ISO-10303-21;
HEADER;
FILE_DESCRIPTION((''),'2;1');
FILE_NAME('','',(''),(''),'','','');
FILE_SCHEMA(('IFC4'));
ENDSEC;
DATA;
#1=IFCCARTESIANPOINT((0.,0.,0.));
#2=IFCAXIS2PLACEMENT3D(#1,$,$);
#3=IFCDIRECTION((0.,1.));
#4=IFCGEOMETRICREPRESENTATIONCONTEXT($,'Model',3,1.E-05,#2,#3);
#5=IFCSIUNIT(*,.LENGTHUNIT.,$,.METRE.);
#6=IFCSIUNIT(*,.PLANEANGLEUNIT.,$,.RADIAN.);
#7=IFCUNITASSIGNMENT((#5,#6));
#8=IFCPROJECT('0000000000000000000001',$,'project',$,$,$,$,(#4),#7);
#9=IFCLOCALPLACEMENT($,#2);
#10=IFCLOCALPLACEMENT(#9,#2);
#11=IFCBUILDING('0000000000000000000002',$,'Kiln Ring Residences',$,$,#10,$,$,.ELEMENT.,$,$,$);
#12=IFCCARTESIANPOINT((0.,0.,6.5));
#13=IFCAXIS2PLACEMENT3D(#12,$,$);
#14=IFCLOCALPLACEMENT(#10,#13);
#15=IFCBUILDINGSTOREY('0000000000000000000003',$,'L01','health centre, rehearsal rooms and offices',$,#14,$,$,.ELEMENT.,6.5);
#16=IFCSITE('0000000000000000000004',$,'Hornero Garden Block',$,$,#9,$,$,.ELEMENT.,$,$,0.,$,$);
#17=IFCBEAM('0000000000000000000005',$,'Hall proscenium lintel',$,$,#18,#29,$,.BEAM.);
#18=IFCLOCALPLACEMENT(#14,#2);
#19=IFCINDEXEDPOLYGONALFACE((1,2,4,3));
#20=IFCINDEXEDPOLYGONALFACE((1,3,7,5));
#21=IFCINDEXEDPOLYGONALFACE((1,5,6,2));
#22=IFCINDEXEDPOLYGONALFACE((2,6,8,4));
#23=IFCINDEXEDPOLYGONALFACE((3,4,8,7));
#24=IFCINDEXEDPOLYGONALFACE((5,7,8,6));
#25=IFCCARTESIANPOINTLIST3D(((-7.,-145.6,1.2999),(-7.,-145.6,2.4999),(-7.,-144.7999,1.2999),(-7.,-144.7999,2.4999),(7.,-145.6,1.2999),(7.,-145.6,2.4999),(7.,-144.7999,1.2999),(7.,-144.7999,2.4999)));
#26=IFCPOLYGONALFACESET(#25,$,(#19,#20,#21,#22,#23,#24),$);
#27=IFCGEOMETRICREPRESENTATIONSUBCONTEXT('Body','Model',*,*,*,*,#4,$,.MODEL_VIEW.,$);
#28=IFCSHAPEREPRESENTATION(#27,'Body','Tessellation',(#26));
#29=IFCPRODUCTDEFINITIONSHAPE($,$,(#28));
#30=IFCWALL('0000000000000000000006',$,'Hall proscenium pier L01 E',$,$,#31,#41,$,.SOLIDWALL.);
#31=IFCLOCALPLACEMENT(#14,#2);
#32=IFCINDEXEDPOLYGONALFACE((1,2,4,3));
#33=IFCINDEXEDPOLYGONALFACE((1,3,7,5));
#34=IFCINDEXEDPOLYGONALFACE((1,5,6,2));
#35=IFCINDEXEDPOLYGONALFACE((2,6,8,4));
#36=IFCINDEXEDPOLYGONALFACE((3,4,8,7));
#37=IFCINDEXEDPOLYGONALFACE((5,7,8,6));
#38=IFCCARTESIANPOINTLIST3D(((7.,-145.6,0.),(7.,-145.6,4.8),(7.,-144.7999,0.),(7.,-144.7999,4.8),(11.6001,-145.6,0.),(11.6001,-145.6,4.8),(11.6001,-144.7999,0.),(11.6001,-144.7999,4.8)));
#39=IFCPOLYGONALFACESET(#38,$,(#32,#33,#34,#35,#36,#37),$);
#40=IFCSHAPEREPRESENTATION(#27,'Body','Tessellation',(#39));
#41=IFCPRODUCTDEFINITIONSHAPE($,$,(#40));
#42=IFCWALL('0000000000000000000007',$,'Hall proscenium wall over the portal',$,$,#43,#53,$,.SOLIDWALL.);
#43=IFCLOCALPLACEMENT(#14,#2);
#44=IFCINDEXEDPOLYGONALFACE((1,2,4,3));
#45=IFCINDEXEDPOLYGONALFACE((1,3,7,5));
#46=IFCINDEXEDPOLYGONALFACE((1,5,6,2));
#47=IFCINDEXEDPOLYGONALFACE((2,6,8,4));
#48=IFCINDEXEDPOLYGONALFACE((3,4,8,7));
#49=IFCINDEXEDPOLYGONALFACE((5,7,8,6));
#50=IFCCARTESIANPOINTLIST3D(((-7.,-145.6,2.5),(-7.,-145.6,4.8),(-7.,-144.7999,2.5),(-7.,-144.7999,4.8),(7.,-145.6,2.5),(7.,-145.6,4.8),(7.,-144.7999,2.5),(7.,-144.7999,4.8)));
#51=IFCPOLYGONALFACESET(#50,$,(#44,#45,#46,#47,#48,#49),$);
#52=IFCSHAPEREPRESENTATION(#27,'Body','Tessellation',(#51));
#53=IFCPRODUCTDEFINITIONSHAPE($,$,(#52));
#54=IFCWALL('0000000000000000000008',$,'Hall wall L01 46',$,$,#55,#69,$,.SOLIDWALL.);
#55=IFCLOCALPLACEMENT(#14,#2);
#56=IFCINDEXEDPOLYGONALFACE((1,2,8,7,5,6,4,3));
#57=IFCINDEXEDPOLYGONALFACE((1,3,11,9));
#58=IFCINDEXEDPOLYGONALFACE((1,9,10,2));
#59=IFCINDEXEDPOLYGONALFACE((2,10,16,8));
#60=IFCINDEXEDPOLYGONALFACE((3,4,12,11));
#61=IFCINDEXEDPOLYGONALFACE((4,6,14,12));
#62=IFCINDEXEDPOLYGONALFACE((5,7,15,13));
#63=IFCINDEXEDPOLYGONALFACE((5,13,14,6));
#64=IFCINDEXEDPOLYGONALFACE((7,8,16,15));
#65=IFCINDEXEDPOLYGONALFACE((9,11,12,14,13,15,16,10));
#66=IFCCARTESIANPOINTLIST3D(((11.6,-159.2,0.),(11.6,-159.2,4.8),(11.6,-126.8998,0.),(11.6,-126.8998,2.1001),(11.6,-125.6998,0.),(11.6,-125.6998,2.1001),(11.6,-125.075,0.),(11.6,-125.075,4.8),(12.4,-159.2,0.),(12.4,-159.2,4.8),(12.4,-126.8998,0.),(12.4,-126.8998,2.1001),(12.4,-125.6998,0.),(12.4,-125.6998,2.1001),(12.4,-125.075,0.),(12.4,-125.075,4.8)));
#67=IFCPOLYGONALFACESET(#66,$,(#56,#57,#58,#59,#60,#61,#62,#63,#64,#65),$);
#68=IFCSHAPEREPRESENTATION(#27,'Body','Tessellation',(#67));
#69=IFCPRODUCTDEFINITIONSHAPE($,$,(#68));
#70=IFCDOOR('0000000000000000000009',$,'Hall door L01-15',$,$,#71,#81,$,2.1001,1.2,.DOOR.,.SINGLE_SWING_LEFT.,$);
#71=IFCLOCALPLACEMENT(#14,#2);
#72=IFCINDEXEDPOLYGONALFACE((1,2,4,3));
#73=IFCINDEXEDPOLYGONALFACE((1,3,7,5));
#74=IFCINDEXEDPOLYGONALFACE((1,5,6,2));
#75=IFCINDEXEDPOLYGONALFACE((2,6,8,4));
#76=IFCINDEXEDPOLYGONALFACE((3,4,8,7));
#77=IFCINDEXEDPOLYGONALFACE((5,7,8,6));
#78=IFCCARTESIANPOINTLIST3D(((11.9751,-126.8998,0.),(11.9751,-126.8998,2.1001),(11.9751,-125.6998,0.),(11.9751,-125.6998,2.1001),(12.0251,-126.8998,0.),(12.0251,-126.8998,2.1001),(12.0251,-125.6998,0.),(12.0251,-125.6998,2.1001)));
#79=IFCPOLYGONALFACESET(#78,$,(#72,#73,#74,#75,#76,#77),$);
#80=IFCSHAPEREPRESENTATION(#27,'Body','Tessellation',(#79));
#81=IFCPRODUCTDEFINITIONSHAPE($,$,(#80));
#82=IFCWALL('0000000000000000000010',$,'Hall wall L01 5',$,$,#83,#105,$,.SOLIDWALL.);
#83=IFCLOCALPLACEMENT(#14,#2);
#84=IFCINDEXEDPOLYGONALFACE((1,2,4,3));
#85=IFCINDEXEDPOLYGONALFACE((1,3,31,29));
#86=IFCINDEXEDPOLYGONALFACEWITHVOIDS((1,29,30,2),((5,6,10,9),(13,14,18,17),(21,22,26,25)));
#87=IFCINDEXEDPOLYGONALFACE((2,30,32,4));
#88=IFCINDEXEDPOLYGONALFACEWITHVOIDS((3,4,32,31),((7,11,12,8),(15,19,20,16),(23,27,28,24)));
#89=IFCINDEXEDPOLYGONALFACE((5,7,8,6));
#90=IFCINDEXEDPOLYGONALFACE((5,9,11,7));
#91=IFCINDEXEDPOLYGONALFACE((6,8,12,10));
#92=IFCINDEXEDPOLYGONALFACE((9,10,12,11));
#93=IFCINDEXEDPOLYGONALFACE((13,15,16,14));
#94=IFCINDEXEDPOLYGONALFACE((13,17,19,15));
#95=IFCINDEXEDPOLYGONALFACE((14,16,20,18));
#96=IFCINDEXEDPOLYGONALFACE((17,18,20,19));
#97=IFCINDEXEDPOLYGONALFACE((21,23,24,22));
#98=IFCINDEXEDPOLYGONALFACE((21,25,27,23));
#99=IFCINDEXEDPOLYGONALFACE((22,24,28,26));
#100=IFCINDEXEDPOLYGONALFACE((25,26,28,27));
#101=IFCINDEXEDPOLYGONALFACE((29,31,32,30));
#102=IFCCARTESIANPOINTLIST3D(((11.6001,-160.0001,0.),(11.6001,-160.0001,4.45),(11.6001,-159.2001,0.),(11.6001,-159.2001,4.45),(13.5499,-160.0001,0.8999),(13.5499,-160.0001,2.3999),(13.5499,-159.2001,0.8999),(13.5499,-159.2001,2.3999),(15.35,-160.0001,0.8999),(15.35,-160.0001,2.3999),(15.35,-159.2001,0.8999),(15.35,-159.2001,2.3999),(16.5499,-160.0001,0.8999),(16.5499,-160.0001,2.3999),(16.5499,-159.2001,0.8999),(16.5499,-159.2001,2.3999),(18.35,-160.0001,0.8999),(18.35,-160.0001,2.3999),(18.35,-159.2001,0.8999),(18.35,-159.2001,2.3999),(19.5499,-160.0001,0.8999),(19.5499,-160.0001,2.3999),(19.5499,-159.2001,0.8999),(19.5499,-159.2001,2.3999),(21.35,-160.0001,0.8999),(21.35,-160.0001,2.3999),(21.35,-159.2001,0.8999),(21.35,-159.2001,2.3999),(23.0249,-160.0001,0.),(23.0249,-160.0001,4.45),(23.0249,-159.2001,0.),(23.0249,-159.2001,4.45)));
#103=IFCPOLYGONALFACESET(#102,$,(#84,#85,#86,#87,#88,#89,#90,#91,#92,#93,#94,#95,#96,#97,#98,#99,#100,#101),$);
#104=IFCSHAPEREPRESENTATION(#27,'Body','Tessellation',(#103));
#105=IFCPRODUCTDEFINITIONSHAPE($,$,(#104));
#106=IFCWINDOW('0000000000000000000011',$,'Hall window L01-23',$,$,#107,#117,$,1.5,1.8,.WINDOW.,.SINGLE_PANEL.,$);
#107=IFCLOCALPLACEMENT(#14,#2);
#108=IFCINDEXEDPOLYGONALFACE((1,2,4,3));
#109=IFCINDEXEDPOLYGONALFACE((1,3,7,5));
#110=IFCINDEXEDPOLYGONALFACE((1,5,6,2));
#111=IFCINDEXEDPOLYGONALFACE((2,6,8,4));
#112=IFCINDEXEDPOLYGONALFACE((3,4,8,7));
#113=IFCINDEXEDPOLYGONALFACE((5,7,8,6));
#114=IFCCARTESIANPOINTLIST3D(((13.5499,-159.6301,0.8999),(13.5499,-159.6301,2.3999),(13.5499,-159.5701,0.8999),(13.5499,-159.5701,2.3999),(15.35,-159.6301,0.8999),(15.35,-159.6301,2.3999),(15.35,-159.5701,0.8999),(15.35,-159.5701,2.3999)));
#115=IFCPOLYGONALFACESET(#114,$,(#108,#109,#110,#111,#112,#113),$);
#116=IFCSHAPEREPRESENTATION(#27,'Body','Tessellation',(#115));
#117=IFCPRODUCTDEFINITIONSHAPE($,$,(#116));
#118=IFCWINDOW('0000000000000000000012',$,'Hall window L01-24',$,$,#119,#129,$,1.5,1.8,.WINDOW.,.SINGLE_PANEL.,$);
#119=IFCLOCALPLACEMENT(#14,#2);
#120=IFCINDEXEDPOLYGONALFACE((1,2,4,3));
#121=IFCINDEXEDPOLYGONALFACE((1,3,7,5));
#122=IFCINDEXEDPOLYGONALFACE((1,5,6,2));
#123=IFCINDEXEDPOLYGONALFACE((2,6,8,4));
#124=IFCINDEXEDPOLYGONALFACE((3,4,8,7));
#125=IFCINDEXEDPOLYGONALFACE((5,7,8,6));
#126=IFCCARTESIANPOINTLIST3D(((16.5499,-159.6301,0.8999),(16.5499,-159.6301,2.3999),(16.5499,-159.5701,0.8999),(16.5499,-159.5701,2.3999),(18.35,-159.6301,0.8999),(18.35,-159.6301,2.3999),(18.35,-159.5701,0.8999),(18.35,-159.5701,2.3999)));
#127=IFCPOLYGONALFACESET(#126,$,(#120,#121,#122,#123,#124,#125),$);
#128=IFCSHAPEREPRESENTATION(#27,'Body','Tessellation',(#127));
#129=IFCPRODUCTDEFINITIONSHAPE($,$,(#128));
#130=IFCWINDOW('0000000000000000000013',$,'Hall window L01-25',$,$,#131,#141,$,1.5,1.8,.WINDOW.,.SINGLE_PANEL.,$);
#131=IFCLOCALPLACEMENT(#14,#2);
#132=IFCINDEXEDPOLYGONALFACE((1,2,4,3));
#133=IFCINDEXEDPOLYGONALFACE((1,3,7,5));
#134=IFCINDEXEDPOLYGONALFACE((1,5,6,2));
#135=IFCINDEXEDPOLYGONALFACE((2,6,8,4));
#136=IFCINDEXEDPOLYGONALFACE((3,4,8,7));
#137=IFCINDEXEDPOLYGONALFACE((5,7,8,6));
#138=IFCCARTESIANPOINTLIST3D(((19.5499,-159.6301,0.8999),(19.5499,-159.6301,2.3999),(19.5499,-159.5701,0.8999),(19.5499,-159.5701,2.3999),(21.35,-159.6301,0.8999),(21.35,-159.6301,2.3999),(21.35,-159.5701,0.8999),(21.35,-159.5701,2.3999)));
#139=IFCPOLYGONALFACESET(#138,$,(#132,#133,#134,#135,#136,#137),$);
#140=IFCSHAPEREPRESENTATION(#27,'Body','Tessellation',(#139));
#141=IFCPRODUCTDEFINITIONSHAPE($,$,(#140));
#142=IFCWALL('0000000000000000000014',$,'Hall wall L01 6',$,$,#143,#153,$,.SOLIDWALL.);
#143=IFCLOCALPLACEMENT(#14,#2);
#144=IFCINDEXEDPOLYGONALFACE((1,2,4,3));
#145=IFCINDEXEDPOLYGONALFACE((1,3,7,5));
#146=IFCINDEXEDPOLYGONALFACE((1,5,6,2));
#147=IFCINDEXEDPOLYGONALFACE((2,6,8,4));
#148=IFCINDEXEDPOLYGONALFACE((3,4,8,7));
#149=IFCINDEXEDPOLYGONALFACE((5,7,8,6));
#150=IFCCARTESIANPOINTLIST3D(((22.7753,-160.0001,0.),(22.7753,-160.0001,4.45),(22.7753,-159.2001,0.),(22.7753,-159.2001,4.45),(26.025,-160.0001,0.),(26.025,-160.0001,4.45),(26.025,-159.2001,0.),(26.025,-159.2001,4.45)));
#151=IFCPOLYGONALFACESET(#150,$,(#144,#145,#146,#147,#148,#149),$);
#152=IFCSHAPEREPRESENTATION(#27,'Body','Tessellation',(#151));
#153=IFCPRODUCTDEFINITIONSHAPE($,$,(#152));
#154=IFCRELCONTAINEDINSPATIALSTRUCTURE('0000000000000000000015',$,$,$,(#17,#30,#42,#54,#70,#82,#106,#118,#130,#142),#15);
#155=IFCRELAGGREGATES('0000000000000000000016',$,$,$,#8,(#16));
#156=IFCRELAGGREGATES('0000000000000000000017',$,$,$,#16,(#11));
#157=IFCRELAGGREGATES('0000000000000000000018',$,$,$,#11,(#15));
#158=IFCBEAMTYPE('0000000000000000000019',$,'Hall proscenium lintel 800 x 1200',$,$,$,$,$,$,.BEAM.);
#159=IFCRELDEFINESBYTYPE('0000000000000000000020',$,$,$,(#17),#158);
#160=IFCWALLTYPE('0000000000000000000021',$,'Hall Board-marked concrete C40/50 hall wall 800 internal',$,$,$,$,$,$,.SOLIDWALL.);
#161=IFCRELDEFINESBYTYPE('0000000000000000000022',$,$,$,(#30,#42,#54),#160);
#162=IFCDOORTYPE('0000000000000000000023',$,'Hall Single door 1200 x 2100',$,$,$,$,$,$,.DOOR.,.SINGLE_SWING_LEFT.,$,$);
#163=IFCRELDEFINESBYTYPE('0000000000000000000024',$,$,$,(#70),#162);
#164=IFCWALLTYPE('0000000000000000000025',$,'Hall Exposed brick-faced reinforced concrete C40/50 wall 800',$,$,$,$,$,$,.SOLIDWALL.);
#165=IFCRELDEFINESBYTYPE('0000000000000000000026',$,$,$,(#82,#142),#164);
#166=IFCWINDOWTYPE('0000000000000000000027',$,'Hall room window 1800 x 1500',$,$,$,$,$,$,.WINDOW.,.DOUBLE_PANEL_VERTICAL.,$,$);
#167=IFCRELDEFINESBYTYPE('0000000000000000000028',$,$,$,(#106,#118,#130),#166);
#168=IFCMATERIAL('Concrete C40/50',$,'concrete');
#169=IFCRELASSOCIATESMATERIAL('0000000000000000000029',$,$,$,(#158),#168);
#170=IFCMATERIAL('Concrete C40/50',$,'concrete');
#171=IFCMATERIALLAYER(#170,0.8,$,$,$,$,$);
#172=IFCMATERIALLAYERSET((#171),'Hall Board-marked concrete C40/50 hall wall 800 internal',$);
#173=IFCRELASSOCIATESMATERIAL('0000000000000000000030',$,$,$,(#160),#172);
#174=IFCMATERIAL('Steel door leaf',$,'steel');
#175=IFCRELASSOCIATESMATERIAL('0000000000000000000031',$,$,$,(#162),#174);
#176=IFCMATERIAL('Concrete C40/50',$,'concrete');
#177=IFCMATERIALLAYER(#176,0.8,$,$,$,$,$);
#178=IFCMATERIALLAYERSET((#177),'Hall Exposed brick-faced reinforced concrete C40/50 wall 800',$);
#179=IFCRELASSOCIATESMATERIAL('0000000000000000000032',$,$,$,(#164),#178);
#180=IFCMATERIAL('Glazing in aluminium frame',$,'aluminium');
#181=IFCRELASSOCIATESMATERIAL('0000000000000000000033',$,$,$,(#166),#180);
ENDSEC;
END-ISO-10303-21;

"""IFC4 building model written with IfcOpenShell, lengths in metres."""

from ifc_helpers import new_model, si_unit, direction, frame, frame_2d, origin, origin_2d, place, context, subcontext, project, spatial, rectangle, extrude, material, layer, layer_set, material_profile, profile_set, type_object, element, fill, save


model = new_model("IFC4")

# Units and contexts
model_context = context("Model", 3, precision=1e-05, world=origin(), true_north=direction((0.0, 1.0)))
body_context = subcontext(model_context, "Body", "Model", "MODEL_VIEW")
ifc_project = project(units=[si_unit("LENGTHUNIT", "METRE"), si_unit("PLANEANGLEUNIT", "RADIAN")], contexts=[model_context])

# Site, building, storey
site_placement = place(None, origin())
site = spatial("IfcSite", under=ifc_project, at=site_placement, Name="Hornero Garden Block", CompositionType="ELEMENT", RefElevation=0.0)
building_placement = place(site_placement, origin())
building = spatial("IfcBuilding", under=site, at=building_placement, Name="Kiln Ring Residences", CompositionType="ELEMENT")
storey_placement = place(building_placement, frame((0.0, 0.0, 6.5)))
storey = spatial("IfcBuildingStorey", under=building, at=storey_placement, Name="L01", Description="health centre, rehearsal rooms and offices", CompositionType="ELEMENT", Elevation=6.5)

# Beam
ifc_material_1 = material(Name="Concrete C40/50", Category="concrete")
ifc_material_profile = material_profile(ifc_material_1, rectangle(XDim=0.8, YDim=1.2, at=origin_2d()), Name="Hall proscenium lintel 800 x 1200")
ifc_profile_set = profile_set([ifc_material_profile], Name="Concrete C40/50")
beam_type = type_object("IfcBeamType", Name="Hall proscenium lintel 800 x 1200", PredefinedType="BEAM", material=ifc_profile_set)
beam_placement = place(storey_placement, frame((-7.0, -145.2, 1.8999), z_axis=(1.0, 0.0, 0.0), x_axis=(0.0, 1.0, 0.0)))
element("IfcBeam", 1, at=beam_placement, inside=storey, type_object=beam_type, Name="Hall proscenium lintel", PredefinedType="BEAM", context=body_context, shape_type="SweptSolid", body=[
    extrude(rectangle(XDim=0.8, YDim=1.2, at=origin_2d()), origin(), (0.0, 0.0, 1.0), 14.0),
])

# Walls
ifc_material_2 = material(Name="Concrete C40/50", Category="concrete")
ifc_layer_1 = layer(ifc_material_2, 0.8)
ifc_layer_set_1 = layer_set([ifc_layer_1], Name="Hall Board-marked concrete C40/50 hall wall 800 internal")
wall_type_1 = type_object("IfcWallType", Name="Hall Board-marked concrete C40/50 hall wall 800 internal", PredefinedType="SOLIDWALL", material=ifc_layer_set_1)
wall_1_placement = place(storey_placement, frame((7.0, -145.2, 0.0), z_axis=(0.0, 0.0, 1.0), x_axis=(1.0, 0.0, 0.0)))
element("IfcWall", 2, at=wall_1_placement, inside=storey, type_object=wall_type_1, Name="Hall proscenium pier L01 E", PredefinedType="SOLIDWALL", context=body_context, shape_type="SweptSolid", body=[
    extrude(rectangle(XDim=4.6001, YDim=0.8, at=frame_2d((2.3, 0.0))), origin(), (0.0, 0.0, 1.0), 4.8),
])
wall_2_placement = place(storey_placement, frame((-7.0, -145.2, 2.5), z_axis=(0.0, 0.0, 1.0), x_axis=(1.0, 0.0, 0.0)))
element("IfcWall", 3, at=wall_2_placement, inside=storey, type_object=wall_type_1, Name="Hall proscenium wall over the portal", PredefinedType="SOLIDWALL", context=body_context, shape_type="SweptSolid", body=[
    extrude(rectangle(XDim=14.0, YDim=0.8, at=frame_2d((7.0, 0.0))), origin(), (0.0, 0.0, 1.0), 2.3),
])

# Wall, opening, door
wall_3_placement = place(storey_placement, frame((12.0, -159.2, 0.0), z_axis=(0.0, 0.0, 1.0), x_axis=(0.0, 1.0, 0.0)))
wall_3 = element("IfcWall", 4, at=wall_3_placement, inside=storey, type_object=wall_type_1, Name="Hall wall L01 46", PredefinedType="SOLIDWALL", context=body_context, shape_type="SweptSolid", body=[
    extrude(rectangle(XDim=34.125, YDim=0.8, at=frame_2d((17.0625, 0.0))), origin(), (0.0, 0.0, 1.0), 4.8),
])
opening_1_placement = place(wall_3_placement, frame((32.3, 0.0, 0.0)))
opening_1 = element("IfcOpeningElement", 5, at=opening_1_placement, cuts=wall_3, PredefinedType="OPENING", context=body_context, shape_type="SweptSolid", body=[
    extrude(rectangle(XDim=1.2, YDim=2.1001, at=frame_2d((0.6001, 1.05))), frame((0.0, 0.4099, 0.0), z_axis=(0.0, -1.0, 0.0), x_axis=(1.0, 0.0, 0.0)), (0.0, 0.0, 1.0), 0.8201),
])
ifc_material_3 = material(Name="Steel door leaf", Category="steel")
door_type_1 = type_object("IfcDoorType", Name="Hall Single door 1200 x 2100", OperationType="SINGLE_SWING_LEFT", PredefinedType="DOOR", material=ifc_material_3)
door_1_placement = place(opening_1_placement, origin())
door_1 = element("IfcDoor", 6, at=door_1_placement, inside=storey, type_object=door_type_1, Name="Hall door L01-15", OperationType="SINGLE_SWING_LEFT", OverallHeight=2.1001, OverallWidth=1.2, PredefinedType="DOOR", context=body_context, shape_type="SweptSolid", body=[
    extrude(rectangle(XDim=1.2, YDim=2.1001, at=frame_2d((0.6001, 1.05))), frame((0.0, 0.0249, 0.0), z_axis=(0.0, -1.0, 0.0), x_axis=(1.0, 0.0, 0.0)), (0.0, 0.0, 1.0), 0.05),
])
fill(opening_1, door_1)

# Wall, openings, windows
ifc_material_4 = material(Name="Concrete C40/50", Category="concrete")
ifc_layer_2 = layer(ifc_material_4, 0.8)
ifc_layer_set_2 = layer_set([ifc_layer_2], Name="Hall Exposed brick-faced reinforced concrete C40/50 wall 800")
wall_type_2 = type_object("IfcWallType", Name="Hall Exposed brick-faced reinforced concrete C40/50 wall 800", PredefinedType="SOLIDWALL", material=ifc_layer_set_2)
wall_4_placement = place(storey_placement, frame((11.6001, -159.6001, 0.0), z_axis=(0.0, 0.0, 1.0), x_axis=(1.0, 0.0, 0.0)))
wall_4 = element("IfcWall", 7, at=wall_4_placement, inside=storey, type_object=wall_type_2, Name="Hall wall L01 5", PredefinedType="SOLIDWALL", context=body_context, shape_type="SweptSolid", body=[
    extrude(rectangle(XDim=11.4248, YDim=0.8, at=frame_2d((5.7124, 0.0))), origin(), (0.0, 0.0, 1.0), 4.45),
])
opening_2_placement = place(wall_4_placement, frame((1.95, 0.0, 0.8999)))
opening_2 = element("IfcOpeningElement", 8, at=opening_2_placement, cuts=wall_4, PredefinedType="OPENING", context=body_context, shape_type="SweptSolid", body=[
    extrude(rectangle(XDim=1.8, YDim=1.5, at=frame_2d((0.8999, 0.75))), frame((0.0, 0.4099, 0.0), z_axis=(0.0, -1.0, 0.0), x_axis=(1.0, 0.0, 0.0)), (0.0, 0.0, 1.0), 0.8201),
])
opening_3_placement = place(wall_4_placement, frame((4.95, 0.0, 0.8999)))
opening_3 = element("IfcOpeningElement", 9, at=opening_3_placement, cuts=wall_4, PredefinedType="OPENING", context=body_context, shape_type="SweptSolid", body=[
    extrude(rectangle(XDim=1.8, YDim=1.5, at=frame_2d((0.8999, 0.75))), frame((0.0, 0.4099, 0.0), z_axis=(0.0, -1.0, 0.0), x_axis=(1.0, 0.0, 0.0)), (0.0, 0.0, 1.0), 0.8201),
])
opening_4_placement = place(wall_4_placement, frame((7.95, 0.0, 0.8999)))
opening_4 = element("IfcOpeningElement", 10, at=opening_4_placement, cuts=wall_4, PredefinedType="OPENING", context=body_context, shape_type="SweptSolid", body=[
    extrude(rectangle(XDim=1.8, YDim=1.5, at=frame_2d((0.8999, 0.75))), frame((0.0, 0.4099, 0.0), z_axis=(0.0, -1.0, 0.0), x_axis=(1.0, 0.0, 0.0)), (0.0, 0.0, 1.0), 0.8201),
])
ifc_material_5 = material(Name="Glazing in aluminium frame", Category="aluminium")
window_type = type_object("IfcWindowType", Name="Hall room window 1800 x 1500", PartitioningType="DOUBLE_PANEL_VERTICAL", PredefinedType="WINDOW", material=ifc_material_5)
window_1_placement = place(opening_2_placement, origin())
window_1 = element("IfcWindow", 11, at=window_1_placement, inside=storey, type_object=window_type, Name="Hall window L01-23", OverallHeight=1.5, OverallWidth=1.8, PartitioningType="SINGLE_PANEL", PredefinedType="WINDOW", context=body_context, shape_type="SweptSolid", body=[
    extrude(rectangle(XDim=1.8, YDim=1.5, at=frame_2d((0.8999, 0.75))), frame((0.0, 0.03, 0.0), z_axis=(0.0, -1.0, 0.0), x_axis=(1.0, 0.0, 0.0)), (0.0, 0.0, 1.0), 0.0601),
])
fill(opening_2, window_1)
window_2_placement = place(opening_3_placement, origin())
window_2 = element("IfcWindow", 12, at=window_2_placement, inside=storey, type_object=window_type, Name="Hall window L01-24", OverallHeight=1.5, OverallWidth=1.8, PartitioningType="SINGLE_PANEL", PredefinedType="WINDOW", context=body_context, shape_type="SweptSolid", body=[
    extrude(rectangle(XDim=1.8, YDim=1.5, at=frame_2d((0.8999, 0.75))), frame((0.0, 0.03, 0.0), z_axis=(0.0, -1.0, 0.0), x_axis=(1.0, 0.0, 0.0)), (0.0, 0.0, 1.0), 0.0601),
])
fill(opening_3, window_2)
window_3_placement = place(opening_4_placement, origin())
window_3 = element("IfcWindow", 13, at=window_3_placement, inside=storey, type_object=window_type, Name="Hall window L01-25", OverallHeight=1.5, OverallWidth=1.8, PartitioningType="SINGLE_PANEL", PredefinedType="WINDOW", context=body_context, shape_type="SweptSolid", body=[
    extrude(rectangle(XDim=1.8, YDim=1.5, at=frame_2d((0.8999, 0.75))), frame((0.0, 0.03, 0.0), z_axis=(0.0, -1.0, 0.0), x_axis=(1.0, 0.0, 0.0)), (0.0, 0.0, 1.0), 0.0601),
])
fill(opening_4, window_3)

# Wall
wall_5_placement = place(storey_placement, frame((22.7751, -159.6001, 0.0), z_axis=(0.0, 0.0, 1.0), x_axis=(1.0, 0.0, 0.0)))
element("IfcWall", 14, at=wall_5_placement, inside=storey, type_object=wall_type_2, Name="Hall wall L01 6", PredefinedType="SOLIDWALL", context=body_context, shape_type="SweptSolid", body=[
    extrude(rectangle(XDim=3.2498, YDim=0.8, at=frame_2d((1.625, 0.0))), origin(), (0.0, 0.0, 1.0), 4.45),
])

save(model, "model.ifc")
